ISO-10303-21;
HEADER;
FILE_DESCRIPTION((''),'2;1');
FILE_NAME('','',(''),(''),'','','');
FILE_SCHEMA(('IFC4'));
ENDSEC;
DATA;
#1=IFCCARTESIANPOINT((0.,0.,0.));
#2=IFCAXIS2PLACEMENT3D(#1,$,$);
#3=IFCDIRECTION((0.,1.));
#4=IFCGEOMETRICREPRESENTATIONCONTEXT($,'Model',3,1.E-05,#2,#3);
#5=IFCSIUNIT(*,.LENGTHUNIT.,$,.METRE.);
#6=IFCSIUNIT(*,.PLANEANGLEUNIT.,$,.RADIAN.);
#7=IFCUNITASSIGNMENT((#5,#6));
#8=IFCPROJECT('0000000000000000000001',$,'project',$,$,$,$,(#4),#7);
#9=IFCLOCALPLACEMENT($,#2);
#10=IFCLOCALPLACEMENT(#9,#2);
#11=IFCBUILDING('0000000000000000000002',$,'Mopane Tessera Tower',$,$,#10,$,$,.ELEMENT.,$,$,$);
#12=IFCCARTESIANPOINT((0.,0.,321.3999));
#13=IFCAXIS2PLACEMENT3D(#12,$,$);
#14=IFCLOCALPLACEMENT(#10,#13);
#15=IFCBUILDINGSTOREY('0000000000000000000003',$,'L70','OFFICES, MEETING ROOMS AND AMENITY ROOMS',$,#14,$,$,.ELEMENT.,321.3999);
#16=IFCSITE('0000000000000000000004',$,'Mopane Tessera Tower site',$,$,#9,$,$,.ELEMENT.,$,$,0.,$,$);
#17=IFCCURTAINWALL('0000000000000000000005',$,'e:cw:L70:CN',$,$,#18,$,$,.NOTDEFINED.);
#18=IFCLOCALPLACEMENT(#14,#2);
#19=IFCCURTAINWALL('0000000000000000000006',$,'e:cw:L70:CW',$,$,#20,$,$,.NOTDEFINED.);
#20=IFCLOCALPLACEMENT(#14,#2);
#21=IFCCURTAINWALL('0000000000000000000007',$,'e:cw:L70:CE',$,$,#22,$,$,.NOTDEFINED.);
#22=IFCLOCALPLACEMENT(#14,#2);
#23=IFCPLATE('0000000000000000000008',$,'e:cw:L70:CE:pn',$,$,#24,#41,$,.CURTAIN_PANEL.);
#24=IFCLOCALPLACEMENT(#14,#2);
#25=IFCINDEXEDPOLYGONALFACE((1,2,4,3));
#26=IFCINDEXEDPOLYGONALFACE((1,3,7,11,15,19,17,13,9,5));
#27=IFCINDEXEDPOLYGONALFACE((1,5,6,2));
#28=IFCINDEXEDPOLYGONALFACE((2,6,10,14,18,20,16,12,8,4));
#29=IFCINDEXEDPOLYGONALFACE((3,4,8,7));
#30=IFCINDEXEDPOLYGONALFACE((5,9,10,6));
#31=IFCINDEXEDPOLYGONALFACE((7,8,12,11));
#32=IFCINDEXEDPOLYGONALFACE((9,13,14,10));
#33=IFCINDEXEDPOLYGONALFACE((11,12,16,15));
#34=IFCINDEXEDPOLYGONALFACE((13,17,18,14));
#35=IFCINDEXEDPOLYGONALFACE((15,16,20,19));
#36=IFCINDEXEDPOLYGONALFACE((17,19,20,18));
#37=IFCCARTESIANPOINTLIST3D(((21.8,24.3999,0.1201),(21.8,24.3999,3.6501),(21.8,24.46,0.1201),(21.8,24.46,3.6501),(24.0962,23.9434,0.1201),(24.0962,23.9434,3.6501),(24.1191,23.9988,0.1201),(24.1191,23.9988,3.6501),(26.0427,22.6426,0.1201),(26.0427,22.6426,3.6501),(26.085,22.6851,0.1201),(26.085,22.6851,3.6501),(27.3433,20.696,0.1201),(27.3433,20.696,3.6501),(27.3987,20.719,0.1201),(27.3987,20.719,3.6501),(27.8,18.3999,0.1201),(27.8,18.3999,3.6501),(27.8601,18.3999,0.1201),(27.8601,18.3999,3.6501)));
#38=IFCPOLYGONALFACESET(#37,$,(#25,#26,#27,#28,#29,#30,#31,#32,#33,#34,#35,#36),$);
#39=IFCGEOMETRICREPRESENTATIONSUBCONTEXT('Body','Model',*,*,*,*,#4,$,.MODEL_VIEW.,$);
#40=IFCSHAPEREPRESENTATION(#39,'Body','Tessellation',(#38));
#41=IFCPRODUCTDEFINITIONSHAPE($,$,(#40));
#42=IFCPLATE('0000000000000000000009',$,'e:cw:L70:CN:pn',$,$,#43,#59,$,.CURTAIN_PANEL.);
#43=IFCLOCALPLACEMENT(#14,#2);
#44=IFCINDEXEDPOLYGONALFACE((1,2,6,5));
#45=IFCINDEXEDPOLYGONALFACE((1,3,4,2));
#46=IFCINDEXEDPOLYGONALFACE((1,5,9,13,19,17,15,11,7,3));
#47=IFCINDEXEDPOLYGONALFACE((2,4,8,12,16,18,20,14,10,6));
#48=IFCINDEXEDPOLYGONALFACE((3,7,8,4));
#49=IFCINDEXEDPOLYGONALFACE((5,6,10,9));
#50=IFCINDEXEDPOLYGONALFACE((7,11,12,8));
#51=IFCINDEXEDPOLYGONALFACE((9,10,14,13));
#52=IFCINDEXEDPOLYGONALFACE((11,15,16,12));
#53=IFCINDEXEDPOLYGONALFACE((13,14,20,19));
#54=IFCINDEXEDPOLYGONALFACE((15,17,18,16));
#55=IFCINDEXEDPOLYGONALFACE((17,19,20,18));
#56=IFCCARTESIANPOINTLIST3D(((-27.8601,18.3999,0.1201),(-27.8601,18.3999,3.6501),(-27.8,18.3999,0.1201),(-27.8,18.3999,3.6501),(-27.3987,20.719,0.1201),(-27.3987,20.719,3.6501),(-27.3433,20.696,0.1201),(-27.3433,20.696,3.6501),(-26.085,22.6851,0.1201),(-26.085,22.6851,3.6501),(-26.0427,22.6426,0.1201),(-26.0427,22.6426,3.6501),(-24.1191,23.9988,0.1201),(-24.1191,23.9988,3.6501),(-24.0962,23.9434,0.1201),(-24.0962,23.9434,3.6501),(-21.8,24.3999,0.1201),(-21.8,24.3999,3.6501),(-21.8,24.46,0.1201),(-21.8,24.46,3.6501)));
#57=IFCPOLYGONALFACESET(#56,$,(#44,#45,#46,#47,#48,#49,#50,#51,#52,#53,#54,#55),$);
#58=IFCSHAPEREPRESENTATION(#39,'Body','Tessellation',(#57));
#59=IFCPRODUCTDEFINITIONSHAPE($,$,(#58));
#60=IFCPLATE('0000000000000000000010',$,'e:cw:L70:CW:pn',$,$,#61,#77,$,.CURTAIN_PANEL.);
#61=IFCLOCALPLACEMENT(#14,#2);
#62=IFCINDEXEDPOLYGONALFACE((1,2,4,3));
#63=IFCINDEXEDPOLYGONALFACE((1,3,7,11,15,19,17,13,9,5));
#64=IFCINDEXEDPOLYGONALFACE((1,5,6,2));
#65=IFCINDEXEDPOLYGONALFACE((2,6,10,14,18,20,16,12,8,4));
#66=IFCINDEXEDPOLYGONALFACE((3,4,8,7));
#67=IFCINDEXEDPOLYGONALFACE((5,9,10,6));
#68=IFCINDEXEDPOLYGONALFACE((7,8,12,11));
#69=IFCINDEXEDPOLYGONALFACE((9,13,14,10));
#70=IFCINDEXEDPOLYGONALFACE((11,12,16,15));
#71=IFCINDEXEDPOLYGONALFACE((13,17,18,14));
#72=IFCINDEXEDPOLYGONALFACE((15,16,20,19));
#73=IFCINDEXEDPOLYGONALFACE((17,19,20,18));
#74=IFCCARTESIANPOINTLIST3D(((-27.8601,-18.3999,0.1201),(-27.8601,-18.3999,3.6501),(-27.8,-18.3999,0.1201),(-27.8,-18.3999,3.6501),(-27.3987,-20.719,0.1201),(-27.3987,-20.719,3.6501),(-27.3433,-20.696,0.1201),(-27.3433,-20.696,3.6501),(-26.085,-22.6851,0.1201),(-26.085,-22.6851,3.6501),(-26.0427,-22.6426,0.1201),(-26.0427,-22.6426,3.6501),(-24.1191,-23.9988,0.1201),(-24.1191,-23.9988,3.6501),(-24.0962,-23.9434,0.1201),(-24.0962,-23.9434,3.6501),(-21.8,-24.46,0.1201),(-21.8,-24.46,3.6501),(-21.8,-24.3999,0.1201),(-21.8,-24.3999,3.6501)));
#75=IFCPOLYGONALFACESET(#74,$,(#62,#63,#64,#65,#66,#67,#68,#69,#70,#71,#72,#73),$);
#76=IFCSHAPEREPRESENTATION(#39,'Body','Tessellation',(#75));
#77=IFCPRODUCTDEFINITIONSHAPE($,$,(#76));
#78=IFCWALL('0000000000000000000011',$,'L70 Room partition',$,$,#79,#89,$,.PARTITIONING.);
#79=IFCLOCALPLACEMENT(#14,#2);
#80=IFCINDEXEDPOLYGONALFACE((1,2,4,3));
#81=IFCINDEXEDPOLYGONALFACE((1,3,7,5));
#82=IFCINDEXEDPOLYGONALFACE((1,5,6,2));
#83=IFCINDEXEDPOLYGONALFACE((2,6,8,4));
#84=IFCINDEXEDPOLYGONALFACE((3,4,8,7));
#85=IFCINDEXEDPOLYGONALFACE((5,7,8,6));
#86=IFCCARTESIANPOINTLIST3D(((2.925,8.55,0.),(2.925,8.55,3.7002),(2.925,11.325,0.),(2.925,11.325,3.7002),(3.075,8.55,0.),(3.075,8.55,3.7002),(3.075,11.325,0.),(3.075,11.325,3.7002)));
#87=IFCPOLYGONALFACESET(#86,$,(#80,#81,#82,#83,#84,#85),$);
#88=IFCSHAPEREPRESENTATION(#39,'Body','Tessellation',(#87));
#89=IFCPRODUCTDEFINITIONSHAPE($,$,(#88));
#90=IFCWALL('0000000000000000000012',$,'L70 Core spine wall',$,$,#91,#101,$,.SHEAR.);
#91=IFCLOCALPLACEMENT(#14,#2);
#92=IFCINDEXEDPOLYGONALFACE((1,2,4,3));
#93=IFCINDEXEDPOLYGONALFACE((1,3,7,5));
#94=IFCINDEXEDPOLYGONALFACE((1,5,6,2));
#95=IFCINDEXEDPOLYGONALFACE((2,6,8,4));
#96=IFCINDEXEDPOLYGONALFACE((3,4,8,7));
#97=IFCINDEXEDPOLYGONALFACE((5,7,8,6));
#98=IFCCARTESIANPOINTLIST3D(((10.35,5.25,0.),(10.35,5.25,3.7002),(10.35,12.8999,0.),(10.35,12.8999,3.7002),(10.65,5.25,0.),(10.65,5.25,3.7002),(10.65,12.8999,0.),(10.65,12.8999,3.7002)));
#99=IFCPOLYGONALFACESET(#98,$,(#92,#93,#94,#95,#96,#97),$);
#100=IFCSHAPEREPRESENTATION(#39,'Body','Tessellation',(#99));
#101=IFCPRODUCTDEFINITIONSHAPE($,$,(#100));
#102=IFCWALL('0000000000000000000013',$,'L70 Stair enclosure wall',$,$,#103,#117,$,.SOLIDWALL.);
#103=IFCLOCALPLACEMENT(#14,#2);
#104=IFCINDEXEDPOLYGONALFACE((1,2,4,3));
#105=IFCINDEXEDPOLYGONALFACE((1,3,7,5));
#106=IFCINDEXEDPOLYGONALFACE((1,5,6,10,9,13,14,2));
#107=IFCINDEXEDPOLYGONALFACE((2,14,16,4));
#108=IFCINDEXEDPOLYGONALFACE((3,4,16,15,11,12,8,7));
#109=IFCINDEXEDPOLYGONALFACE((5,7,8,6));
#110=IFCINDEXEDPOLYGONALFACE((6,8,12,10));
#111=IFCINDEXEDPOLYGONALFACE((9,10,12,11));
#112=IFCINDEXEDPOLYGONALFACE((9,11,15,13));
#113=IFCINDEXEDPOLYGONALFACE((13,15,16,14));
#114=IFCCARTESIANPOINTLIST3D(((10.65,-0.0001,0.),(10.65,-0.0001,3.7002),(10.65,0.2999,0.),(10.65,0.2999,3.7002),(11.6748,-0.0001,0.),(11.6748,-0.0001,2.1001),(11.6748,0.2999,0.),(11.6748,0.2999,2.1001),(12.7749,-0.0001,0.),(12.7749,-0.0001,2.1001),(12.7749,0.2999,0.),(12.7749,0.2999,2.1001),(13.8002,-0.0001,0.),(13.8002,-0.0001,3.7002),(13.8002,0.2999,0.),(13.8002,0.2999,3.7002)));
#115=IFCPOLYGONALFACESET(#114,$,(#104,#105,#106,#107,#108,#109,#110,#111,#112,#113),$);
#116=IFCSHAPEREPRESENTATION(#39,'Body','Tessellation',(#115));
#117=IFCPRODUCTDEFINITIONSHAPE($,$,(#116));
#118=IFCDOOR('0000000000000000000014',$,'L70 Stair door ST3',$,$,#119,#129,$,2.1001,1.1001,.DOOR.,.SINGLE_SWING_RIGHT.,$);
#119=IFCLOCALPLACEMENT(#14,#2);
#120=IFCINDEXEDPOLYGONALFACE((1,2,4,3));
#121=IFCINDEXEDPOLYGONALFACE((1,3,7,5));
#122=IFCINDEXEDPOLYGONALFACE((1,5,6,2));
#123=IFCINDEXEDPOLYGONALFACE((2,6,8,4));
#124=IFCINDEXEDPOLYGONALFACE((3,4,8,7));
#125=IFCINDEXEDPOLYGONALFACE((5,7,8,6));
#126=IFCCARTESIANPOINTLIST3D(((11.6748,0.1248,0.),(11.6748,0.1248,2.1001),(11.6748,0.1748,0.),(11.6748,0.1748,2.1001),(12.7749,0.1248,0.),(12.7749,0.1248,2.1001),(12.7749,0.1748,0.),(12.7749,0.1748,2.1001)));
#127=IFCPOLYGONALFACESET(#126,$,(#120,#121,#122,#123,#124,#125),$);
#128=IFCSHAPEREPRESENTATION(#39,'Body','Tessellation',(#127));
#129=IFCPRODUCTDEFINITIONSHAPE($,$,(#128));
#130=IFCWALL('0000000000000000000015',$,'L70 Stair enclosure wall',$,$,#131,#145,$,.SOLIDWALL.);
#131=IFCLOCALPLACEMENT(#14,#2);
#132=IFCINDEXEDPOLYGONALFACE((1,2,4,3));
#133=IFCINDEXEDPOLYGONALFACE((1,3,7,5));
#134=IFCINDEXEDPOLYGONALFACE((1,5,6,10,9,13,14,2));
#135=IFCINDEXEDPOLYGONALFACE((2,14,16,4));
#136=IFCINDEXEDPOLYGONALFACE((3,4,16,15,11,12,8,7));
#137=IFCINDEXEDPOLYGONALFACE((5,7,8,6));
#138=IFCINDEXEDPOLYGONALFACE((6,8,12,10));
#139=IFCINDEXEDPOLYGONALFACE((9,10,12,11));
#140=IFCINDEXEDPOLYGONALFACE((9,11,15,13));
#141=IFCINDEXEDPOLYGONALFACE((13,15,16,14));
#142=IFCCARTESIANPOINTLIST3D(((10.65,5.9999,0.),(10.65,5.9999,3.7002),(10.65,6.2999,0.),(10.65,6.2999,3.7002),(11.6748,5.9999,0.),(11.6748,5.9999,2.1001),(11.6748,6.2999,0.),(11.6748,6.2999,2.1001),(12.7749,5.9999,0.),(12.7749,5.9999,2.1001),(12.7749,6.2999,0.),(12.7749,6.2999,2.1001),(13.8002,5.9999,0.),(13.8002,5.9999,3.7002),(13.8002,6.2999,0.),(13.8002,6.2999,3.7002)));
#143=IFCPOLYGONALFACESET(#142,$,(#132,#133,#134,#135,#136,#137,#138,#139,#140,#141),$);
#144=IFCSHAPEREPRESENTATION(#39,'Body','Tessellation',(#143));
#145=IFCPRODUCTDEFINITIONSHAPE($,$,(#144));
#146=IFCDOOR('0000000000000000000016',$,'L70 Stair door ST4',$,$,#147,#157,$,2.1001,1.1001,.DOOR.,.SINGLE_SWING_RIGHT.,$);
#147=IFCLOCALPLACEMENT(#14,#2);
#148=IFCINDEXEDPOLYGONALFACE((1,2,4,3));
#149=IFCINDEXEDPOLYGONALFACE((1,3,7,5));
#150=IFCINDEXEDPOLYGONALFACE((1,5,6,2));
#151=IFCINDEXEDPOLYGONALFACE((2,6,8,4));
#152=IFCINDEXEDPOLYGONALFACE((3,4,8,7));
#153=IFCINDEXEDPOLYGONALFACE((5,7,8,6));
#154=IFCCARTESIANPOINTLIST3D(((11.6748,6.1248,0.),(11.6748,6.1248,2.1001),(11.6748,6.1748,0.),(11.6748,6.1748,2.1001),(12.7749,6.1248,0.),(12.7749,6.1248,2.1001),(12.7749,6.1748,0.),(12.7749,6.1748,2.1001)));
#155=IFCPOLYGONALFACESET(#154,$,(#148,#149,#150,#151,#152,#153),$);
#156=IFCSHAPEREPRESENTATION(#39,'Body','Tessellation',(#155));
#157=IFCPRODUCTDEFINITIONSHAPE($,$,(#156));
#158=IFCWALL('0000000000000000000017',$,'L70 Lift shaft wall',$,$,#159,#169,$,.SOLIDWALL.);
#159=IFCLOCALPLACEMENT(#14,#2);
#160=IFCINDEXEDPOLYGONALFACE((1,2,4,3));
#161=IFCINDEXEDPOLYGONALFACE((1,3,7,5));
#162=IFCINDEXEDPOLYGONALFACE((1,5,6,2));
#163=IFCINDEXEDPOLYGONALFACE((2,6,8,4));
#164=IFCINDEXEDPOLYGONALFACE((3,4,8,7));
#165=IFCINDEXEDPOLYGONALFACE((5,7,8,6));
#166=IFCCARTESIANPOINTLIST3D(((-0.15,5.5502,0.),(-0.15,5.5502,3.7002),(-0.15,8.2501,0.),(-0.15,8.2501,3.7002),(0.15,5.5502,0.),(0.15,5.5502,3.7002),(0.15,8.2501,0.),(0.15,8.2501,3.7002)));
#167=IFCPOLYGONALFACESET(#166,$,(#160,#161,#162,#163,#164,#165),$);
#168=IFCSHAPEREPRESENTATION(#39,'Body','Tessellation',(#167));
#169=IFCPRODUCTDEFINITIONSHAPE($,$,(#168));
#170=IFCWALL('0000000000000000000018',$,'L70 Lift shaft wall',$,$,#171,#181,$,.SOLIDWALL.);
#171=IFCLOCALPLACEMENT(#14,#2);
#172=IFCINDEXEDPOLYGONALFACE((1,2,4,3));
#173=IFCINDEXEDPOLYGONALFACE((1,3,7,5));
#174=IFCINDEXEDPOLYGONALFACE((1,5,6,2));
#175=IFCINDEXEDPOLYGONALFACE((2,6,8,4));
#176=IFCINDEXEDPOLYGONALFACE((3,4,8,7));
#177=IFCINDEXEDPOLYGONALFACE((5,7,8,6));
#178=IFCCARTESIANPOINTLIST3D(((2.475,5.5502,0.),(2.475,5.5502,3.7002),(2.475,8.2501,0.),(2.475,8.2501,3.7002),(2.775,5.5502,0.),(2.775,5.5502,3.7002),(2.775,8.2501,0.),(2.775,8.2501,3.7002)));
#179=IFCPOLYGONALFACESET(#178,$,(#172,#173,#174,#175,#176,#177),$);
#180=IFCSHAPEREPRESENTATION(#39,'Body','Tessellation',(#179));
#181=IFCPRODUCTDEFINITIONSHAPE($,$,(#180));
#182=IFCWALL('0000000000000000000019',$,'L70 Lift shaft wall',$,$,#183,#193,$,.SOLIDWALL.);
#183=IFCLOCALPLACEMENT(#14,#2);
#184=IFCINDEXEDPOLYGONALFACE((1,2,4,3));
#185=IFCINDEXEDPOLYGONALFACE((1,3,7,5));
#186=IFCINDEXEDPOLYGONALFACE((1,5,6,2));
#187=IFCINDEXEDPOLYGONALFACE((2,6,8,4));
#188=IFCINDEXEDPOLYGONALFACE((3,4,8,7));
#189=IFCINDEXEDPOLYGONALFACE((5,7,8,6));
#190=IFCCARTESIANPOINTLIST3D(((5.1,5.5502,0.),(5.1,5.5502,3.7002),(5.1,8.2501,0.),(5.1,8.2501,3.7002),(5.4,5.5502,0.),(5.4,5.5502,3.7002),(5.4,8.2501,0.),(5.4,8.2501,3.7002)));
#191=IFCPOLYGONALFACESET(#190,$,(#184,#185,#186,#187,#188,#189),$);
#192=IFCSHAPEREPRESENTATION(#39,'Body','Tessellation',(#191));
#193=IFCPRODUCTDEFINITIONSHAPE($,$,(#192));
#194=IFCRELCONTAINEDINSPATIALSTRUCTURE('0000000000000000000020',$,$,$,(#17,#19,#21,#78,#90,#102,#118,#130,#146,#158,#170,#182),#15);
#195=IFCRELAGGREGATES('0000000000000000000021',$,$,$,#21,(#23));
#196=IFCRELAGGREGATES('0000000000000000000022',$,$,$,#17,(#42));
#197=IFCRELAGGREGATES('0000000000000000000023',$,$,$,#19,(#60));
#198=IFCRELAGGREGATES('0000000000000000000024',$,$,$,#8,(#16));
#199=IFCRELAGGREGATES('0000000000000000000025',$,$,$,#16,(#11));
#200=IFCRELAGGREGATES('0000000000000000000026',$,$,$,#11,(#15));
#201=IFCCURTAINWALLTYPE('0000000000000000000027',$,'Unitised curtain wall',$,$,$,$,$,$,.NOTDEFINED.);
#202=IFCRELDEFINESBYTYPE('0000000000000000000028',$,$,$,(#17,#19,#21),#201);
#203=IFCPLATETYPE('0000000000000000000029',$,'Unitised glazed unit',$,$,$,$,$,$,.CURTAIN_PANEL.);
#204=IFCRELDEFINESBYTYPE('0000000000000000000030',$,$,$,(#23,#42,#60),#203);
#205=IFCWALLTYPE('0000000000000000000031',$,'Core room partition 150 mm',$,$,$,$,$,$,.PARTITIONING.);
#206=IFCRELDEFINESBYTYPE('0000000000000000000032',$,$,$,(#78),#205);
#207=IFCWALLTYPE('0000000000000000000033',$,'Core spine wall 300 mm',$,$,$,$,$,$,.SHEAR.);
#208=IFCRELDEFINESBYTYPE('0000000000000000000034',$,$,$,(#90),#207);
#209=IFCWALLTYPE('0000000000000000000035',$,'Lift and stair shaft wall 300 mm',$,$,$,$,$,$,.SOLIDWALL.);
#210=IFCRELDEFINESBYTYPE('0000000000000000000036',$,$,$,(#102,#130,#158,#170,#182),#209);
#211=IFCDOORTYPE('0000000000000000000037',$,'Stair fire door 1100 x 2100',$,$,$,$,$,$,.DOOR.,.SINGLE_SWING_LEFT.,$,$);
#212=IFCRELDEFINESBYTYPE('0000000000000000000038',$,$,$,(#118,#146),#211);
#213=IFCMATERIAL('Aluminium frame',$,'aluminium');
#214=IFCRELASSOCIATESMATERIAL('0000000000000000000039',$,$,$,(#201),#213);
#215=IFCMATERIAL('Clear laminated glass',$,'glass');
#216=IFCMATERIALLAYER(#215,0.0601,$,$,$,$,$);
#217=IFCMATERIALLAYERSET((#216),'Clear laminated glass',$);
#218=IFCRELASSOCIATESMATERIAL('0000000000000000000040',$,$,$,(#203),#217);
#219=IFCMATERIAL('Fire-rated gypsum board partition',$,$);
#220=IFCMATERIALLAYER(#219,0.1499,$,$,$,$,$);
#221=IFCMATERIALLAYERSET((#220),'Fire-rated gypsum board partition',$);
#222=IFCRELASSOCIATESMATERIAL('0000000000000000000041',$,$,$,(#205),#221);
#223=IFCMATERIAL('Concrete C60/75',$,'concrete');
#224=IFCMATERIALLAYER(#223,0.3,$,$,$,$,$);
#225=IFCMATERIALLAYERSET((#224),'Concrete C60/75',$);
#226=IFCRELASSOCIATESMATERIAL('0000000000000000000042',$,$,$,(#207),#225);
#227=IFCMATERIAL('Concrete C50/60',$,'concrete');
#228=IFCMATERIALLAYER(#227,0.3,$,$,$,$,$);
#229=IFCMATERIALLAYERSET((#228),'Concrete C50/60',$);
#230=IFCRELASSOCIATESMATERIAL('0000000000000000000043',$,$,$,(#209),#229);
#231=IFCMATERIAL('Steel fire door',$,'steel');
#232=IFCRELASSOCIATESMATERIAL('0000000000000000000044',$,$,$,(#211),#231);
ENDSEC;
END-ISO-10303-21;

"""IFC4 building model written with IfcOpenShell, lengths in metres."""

from ifc_helpers import new_model, si_unit, direction, frame, frame_2d, origin, place, context, subcontext, project, spatial, polyline, rectangle, outline, extrude, material, layer, layer_set, type_object, element, fill, aggregate, save


model = new_model("IFC4")

# Units and contexts
model_context = context("Model", 3, precision=1e-05, world=origin(), true_north=direction((0.0, 1.0)))
body_context = subcontext(model_context, "Body", "Model", "MODEL_VIEW")
ifc_project = project(units=[si_unit("LENGTHUNIT", "METRE"), si_unit("PLANEANGLEUNIT", "RADIAN")], contexts=[model_context])

# Site, building, storey
site_placement = place(None, origin())
site = spatial("IfcSite", under=ifc_project, at=site_placement, Name="Mopane Tessera Tower site", CompositionType="ELEMENT", RefElevation=0.0)
building_placement = place(site_placement, origin())
building = spatial("IfcBuilding", under=site, at=building_placement, Name="Mopane Tessera Tower", CompositionType="ELEMENT")
storey_placement = place(building_placement, frame((0.0, 0.0, 321.3999)))
storey = spatial("IfcBuildingStorey", under=building, at=storey_placement, Name="L70", Description="OFFICES, MEETING ROOMS AND AMENITY ROOMS", CompositionType="ELEMENT", Elevation=321.3999)

# Curtain walls
ifc_material_1 = material(Name="Aluminium frame", Category="aluminium")
curtain_wall_type = type_object("IfcCurtainWallType", Name="Unitised curtain wall", PredefinedType="NOTDEFINED", material=ifc_material_1)
curtain_wall_1_placement = place(storey_placement, origin())
curtain_wall_1 = element("IfcCurtainWall", 1, at=curtain_wall_1_placement, inside=storey, type_object=curtain_wall_type, Name="e:cw:L70:CN", PredefinedType="NOTDEFINED")
curtain_wall_2_placement = place(storey_placement, origin())
curtain_wall_2 = element("IfcCurtainWall", 2, at=curtain_wall_2_placement, inside=storey, type_object=curtain_wall_type, Name="e:cw:L70:CW", PredefinedType="NOTDEFINED")

# Curtain wall, plate
curtain_wall_3_placement = place(storey_placement, origin())
curtain_wall_3 = element("IfcCurtainWall", 3, at=curtain_wall_3_placement, inside=storey, type_object=curtain_wall_type, Name="e:cw:L70:CE", PredefinedType="NOTDEFINED")
ifc_material_2 = material(Name="Clear laminated glass", Category="glass")
ifc_layer_1 = layer(ifc_material_2, 0.0601)
ifc_layer_set_1 = layer_set([ifc_layer_1], Name="Clear laminated glass")
plate_type = type_object("IfcPlateType", Name="Unitised glazed unit", PredefinedType="CURTAIN_PANEL", material=ifc_layer_set_1)
plate_1_placement = place(storey_placement, frame((0.0, 0.0, 0.1201)))
plate_1 = element("IfcPlate", 4, at=plate_1_placement, type_object=plate_type, Name="e:cw:L70:CE:pn", PredefinedType="CURTAIN_PANEL", context=body_context, shape_type="SweptSolid", body=[
    extrude(outline(polyline([(27.8, 18.3999), (27.3433, 20.696), (26.0427, 22.6426), (24.0962, 23.9434), (21.8, 24.3999), (21.8, 24.46), (24.1191, 23.9988), (26.085, 22.6851), (27.3987, 20.719), (27.8601, 18.3999), (27.8, 18.3999)])), origin(), (0.0, 0.0, 1.0), 3.53),
])
aggregate(curtain_wall_3, [plate_1])

# Plates
plate_2_placement = place(storey_placement, frame((0.0, 0.0, 0.1201)))
plate_2 = element("IfcPlate", 5, at=plate_2_placement, type_object=plate_type, Name="e:cw:L70:CN:pn", PredefinedType="CURTAIN_PANEL", context=body_context, shape_type="SweptSolid", body=[
    extrude(outline(polyline([(-21.8, 24.3999), (-24.0962, 23.9434), (-26.0427, 22.6426), (-27.3433, 20.696), (-27.8, 18.3999), (-27.8601, 18.3999), (-27.3987, 20.719), (-26.085, 22.6851), (-24.1191, 23.9988), (-21.8, 24.46), (-21.8, 24.3999)])), origin(), (0.0, 0.0, 1.0), 3.53),
])
aggregate(curtain_wall_1, [plate_2])
plate_3_placement = place(storey_placement, frame((0.0, 0.0, 0.1201)))
plate_3 = element("IfcPlate", 6, at=plate_3_placement, type_object=plate_type, Name="e:cw:L70:CW:pn", PredefinedType="CURTAIN_PANEL", context=body_context, shape_type="SweptSolid", body=[
    extrude(outline(polyline([(-27.8, -18.3999), (-27.3433, -20.696), (-26.0427, -22.6426), (-24.0962, -23.9434), (-21.8, -24.3999), (-21.8, -24.46), (-24.1191, -23.9988), (-26.085, -22.6851), (-27.3987, -20.719), (-27.8601, -18.3999), (-27.8, -18.3999)])), origin(), (0.0, 0.0, 1.0), 3.53),
])
aggregate(curtain_wall_2, [plate_3])

# Walls
ifc_material_3 = material(Name="Fire-rated gypsum board partition")
ifc_layer_2 = layer(ifc_material_3, 0.1499)
ifc_layer_set_2 = layer_set([ifc_layer_2], Name="Fire-rated gypsum board partition")
wall_type_1 = type_object("IfcWallType", Name="Core room partition 150 mm", PredefinedType="PARTITIONING", material=ifc_layer_set_2)
wall_1_placement = place(storey_placement, frame((3.0, 8.55, 0.0), z_axis=(0.0, 0.0, 1.0), x_axis=(0.0, 1.0, 0.0)))
element("IfcWall", 7, at=wall_1_placement, inside=storey, type_object=wall_type_1, Name="L70 Room partition", PredefinedType="PARTITIONING", context=body_context, shape_type="SweptSolid", body=[
    extrude(rectangle(XDim=2.7749, YDim=0.1499, at=frame_2d((1.3875, 0.0))), origin(), (0.0, 0.0, 1.0), 3.7002),
])
ifc_material_4 = material(Name="Concrete C60/75", Category="concrete")
ifc_layer_3 = layer(ifc_material_4, 0.3)
ifc_layer_set_3 = layer_set([ifc_layer_3], Name="Concrete C60/75")
wall_type_2 = type_object("IfcWallType", Name="Core spine wall 300 mm", PredefinedType="SHEAR", material=ifc_layer_set_3)
wall_2_placement = place(storey_placement, frame((10.5, 5.25, 0.0), z_axis=(0.0, 0.0, 1.0), x_axis=(0.0, 1.0, 0.0)))
element("IfcWall", 8, at=wall_2_placement, inside=storey, type_object=wall_type_2, Name="L70 Core spine wall", PredefinedType="SHEAR", context=body_context, shape_type="SweptSolid", body=[
    extrude(rectangle(XDim=7.6499, YDim=0.3, at=frame_2d((3.825, 0.0))), origin(), (0.0, 0.0, 1.0), 3.7002),
])

# Walls, openings, doors
ifc_material_5 = material(Name="Concrete C50/60", Category="concrete")
ifc_layer_4 = layer(ifc_material_5, 0.3)
ifc_layer_set_4 = layer_set([ifc_layer_4], Name="Concrete C50/60")
wall_type_3 = type_object("IfcWallType", Name="Lift and stair shaft wall 300 mm", PredefinedType="SOLIDWALL", material=ifc_layer_set_4)
wall_3_placement = place(storey_placement, frame((10.6499, 0.1499, 0.0), z_axis=(0.0, 0.0, 1.0), x_axis=(1.0, 0.0, 0.0)))
wall_3 = element("IfcWall", 9, at=wall_3_placement, inside=storey, type_object=wall_type_3, Name="L70 Stair enclosure wall", PredefinedType="SOLIDWALL", context=body_context, shape_type="SweptSolid", body=[
    extrude(rectangle(XDim=3.1501, YDim=0.3, at=frame_2d((1.5752, 0.0))), origin(), (0.0, 0.0, 1.0), 3.7002),
])
opening_1_placement = place(wall_3_placement, frame((1.0249, 0.0, 0.0)))
opening_1 = element("IfcOpeningElement", 10, at=opening_1_placement, cuts=wall_3, PredefinedType="OPENING", context=body_context, shape_type="SweptSolid", body=[
    extrude(rectangle(XDim=1.1001, YDim=2.1001, at=frame_2d((0.55, 1.05))), frame((0.0, 0.1621, 0.0), z_axis=(0.0, -1.0, 0.0), x_axis=(1.0, 0.0, 0.0)), (0.0, 0.0, 1.0), 0.324),
])
ifc_material_6 = material(Name="Steel fire door", Category="steel")
door_type = type_object("IfcDoorType", Name="Stair fire door 1100 x 2100", OperationType="SINGLE_SWING_LEFT", PredefinedType="DOOR", material=ifc_material_6)
door_1_placement = place(opening_1_placement, origin())
door_1 = element("IfcDoor", 11, at=door_1_placement, inside=storey, type_object=door_type, Name="L70 Stair door ST3", OperationType="SINGLE_SWING_RIGHT", OverallHeight=2.1001, OverallWidth=1.1001, PredefinedType="DOOR", context=body_context, shape_type="SweptSolid", body=[
    extrude(rectangle(XDim=1.1001, YDim=2.1001, at=frame_2d((0.55, 1.05))), frame((0.0, 0.0249, 0.0), z_axis=(0.0, -1.0, 0.0), x_axis=(1.0, 0.0, 0.0)), (0.0, 0.0, 1.0), 0.05),
])
fill(opening_1, door_1)
wall_4_placement = place(storey_placement, frame((10.6499, 6.1499, 0.0), z_axis=(0.0, 0.0, 1.0), x_axis=(1.0, 0.0, 0.0)))
wall_4 = element("IfcWall", 12, at=wall_4_placement, inside=storey, type_object=wall_type_3, Name="L70 Stair enclosure wall", PredefinedType="SOLIDWALL", context=body_context, shape_type="SweptSolid", body=[
    extrude(rectangle(XDim=3.1501, YDim=0.3, at=frame_2d((1.5752, 0.0))), origin(), (0.0, 0.0, 1.0), 3.7002),
])
opening_2_placement = place(wall_4_placement, frame((1.0249, 0.0, 0.0)))
opening_2 = element("IfcOpeningElement", 13, at=opening_2_placement, cuts=wall_4, PredefinedType="OPENING", context=body_context, shape_type="SweptSolid", body=[
    extrude(rectangle(XDim=1.1001, YDim=2.1001, at=frame_2d((0.55, 1.05))), frame((0.0, 0.1621, 0.0), z_axis=(0.0, -1.0, 0.0), x_axis=(1.0, 0.0, 0.0)), (0.0, 0.0, 1.0), 0.324),
])
door_2_placement = place(opening_2_placement, origin())
door_2 = element("IfcDoor", 14, at=door_2_placement, inside=storey, type_object=door_type, Name="L70 Stair door ST4", OperationType="SINGLE_SWING_RIGHT", OverallHeight=2.1001, OverallWidth=1.1001, PredefinedType="DOOR", context=body_context, shape_type="SweptSolid", body=[
    extrude(rectangle(XDim=1.1001, YDim=2.1001, at=frame_2d((0.55, 1.05))), frame((0.0, 0.0249, 0.0), z_axis=(0.0, -1.0, 0.0), x_axis=(1.0, 0.0, 0.0)), (0.0, 0.0, 1.0), 0.05),
])
fill(opening_2, door_2)

# Walls
for number, where, z_axis, x_axis, name in (
    (15, (0.0, 5.55, 0.0), (0.0, 0.0, 1.0), (0.0, 1.0, 0.0), "L70 Lift shaft wall"),
    (16, (2.625, 5.55, 0.0), (0.0, 0.0, 1.0), (0.0, 1.0, 0.0), "L70 Lift shaft wall"),
    (17, (5.25, 5.55, 0.0), (0.0, 0.0, 1.0), (0.0, 1.0, 0.0), "L70 Lift shaft wall"),
):
    element("IfcWall", number, at=place(storey_placement, frame(where, z_axis=z_axis, x_axis=x_axis)), inside=storey, type_object=wall_type_3, Name=name, PredefinedType="SOLIDWALL", context=body_context, shape_type="SweptSolid", body=[
        extrude(rectangle(XDim=2.7, YDim=0.3, at=frame_2d((1.3501, 0.0))), origin(), (0.0, 0.0, 1.0), 3.7002),
    ])

save(model, "model.ifc")
